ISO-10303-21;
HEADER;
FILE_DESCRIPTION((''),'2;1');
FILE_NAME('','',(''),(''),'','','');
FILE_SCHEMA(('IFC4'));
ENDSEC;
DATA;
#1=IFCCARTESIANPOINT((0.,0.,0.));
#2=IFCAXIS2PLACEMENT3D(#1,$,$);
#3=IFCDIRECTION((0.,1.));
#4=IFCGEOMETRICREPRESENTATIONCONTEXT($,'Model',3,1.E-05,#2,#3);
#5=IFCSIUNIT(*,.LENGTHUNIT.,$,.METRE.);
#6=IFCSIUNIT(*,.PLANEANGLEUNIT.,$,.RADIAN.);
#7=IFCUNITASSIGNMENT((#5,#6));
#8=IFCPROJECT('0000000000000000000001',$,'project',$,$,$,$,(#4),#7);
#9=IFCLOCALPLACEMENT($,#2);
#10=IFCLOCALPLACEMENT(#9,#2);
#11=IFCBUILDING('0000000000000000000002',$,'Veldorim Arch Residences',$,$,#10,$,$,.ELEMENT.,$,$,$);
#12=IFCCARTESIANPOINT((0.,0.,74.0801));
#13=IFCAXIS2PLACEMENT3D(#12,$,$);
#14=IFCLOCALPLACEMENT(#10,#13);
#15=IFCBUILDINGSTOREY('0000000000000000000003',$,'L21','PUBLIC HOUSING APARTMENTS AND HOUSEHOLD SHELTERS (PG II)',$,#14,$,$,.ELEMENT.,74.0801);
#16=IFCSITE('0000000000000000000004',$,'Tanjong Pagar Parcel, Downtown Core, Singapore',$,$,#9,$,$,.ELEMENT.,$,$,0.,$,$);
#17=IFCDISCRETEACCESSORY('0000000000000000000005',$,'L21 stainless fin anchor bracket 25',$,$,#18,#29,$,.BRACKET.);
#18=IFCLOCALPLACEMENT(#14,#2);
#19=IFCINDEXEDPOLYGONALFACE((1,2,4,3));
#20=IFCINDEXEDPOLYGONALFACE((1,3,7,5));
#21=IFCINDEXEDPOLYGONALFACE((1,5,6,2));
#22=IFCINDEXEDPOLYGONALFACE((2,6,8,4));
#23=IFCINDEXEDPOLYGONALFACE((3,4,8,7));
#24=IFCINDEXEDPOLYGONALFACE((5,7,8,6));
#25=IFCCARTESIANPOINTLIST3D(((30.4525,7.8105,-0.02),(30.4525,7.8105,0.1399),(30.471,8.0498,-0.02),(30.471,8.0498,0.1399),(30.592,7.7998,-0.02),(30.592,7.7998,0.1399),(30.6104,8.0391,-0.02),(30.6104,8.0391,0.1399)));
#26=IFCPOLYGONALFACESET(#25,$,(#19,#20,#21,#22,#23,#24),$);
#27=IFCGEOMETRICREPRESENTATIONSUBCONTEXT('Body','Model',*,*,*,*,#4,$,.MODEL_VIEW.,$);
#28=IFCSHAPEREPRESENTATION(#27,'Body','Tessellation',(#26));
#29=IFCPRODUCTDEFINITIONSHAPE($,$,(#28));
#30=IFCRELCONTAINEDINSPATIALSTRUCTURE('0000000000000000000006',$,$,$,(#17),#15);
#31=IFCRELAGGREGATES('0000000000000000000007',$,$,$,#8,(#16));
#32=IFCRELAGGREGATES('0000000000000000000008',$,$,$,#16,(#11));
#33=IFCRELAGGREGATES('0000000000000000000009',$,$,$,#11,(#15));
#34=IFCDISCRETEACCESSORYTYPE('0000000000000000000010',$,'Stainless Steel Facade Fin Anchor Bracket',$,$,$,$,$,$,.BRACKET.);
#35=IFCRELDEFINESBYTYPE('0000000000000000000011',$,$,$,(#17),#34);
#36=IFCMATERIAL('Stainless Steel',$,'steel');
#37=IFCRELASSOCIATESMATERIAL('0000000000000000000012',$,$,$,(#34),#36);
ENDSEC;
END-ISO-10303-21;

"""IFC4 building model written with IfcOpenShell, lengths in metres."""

from ifc_helpers import new_model, si_unit, direction, frame, origin, origin_2d, place, context, subcontext, project, spatial, rectangle, extrude, material, type_object, element, save


model = new_model("IFC4")

# Units and contexts
model_context = context("Model", 3, precision=1e-05, world=origin(), true_north=direction((0.0, 1.0)))
body_context = subcontext(model_context, "Body", "Model", "MODEL_VIEW")
ifc_project = project(units=[si_unit("LENGTHUNIT", "METRE"), si_unit("PLANEANGLEUNIT", "RADIAN")], contexts=[model_context])

# Site, building, storey
site_placement = place(None, origin())
site = spatial("IfcSite", under=ifc_project, at=site_placement, Name="Tanjong Pagar Parcel, Downtown Core, Singapore", CompositionType="ELEMENT", RefElevation=0.0)
building_placement = place(site_placement, origin())
building = spatial("IfcBuilding", under=site, at=building_placement, Name="Veldorim Arch Residences", CompositionType="ELEMENT")
storey_placement = place(building_placement, frame((0.0, 0.0, 74.0801)))
storey = spatial("IfcBuildingStorey", under=building, at=storey_placement, Name="L21", Description="PUBLIC HOUSING APARTMENTS AND HOUSEHOLD SHELTERS (PG II)", CompositionType="ELEMENT", Elevation=74.0801)

# Discrete accessory
ifc_material_1 = material(Name="Stainless Steel", Category="steel")
discrete_accessory_type = type_object("IfcDiscreteAccessoryType", Name="Stainless Steel Facade Fin Anchor Bracket", PredefinedType="BRACKET", material=ifc_material_1)
discrete_accessory_placement = place(storey_placement, frame((30.5315, 7.9248, -0.02), z_axis=(0.0, 0.0, 1.0), x_axis=(-0.997053, 0.076719, 0.0)))
element("IfcDiscreteAccessory", 1, at=discrete_accessory_placement, inside=storey, type_object=discrete_accessory_type, Name="L21 stainless fin anchor bracket 25", PredefinedType="BRACKET", context=body_context, shape_type="SweptSolid", body=[
    extrude(rectangle(XDim=0.1399, YDim=0.24, at=origin_2d()), origin(), (0.0, 0.0, 1.0), 0.1599),
])

save(model, "model.ifc")
